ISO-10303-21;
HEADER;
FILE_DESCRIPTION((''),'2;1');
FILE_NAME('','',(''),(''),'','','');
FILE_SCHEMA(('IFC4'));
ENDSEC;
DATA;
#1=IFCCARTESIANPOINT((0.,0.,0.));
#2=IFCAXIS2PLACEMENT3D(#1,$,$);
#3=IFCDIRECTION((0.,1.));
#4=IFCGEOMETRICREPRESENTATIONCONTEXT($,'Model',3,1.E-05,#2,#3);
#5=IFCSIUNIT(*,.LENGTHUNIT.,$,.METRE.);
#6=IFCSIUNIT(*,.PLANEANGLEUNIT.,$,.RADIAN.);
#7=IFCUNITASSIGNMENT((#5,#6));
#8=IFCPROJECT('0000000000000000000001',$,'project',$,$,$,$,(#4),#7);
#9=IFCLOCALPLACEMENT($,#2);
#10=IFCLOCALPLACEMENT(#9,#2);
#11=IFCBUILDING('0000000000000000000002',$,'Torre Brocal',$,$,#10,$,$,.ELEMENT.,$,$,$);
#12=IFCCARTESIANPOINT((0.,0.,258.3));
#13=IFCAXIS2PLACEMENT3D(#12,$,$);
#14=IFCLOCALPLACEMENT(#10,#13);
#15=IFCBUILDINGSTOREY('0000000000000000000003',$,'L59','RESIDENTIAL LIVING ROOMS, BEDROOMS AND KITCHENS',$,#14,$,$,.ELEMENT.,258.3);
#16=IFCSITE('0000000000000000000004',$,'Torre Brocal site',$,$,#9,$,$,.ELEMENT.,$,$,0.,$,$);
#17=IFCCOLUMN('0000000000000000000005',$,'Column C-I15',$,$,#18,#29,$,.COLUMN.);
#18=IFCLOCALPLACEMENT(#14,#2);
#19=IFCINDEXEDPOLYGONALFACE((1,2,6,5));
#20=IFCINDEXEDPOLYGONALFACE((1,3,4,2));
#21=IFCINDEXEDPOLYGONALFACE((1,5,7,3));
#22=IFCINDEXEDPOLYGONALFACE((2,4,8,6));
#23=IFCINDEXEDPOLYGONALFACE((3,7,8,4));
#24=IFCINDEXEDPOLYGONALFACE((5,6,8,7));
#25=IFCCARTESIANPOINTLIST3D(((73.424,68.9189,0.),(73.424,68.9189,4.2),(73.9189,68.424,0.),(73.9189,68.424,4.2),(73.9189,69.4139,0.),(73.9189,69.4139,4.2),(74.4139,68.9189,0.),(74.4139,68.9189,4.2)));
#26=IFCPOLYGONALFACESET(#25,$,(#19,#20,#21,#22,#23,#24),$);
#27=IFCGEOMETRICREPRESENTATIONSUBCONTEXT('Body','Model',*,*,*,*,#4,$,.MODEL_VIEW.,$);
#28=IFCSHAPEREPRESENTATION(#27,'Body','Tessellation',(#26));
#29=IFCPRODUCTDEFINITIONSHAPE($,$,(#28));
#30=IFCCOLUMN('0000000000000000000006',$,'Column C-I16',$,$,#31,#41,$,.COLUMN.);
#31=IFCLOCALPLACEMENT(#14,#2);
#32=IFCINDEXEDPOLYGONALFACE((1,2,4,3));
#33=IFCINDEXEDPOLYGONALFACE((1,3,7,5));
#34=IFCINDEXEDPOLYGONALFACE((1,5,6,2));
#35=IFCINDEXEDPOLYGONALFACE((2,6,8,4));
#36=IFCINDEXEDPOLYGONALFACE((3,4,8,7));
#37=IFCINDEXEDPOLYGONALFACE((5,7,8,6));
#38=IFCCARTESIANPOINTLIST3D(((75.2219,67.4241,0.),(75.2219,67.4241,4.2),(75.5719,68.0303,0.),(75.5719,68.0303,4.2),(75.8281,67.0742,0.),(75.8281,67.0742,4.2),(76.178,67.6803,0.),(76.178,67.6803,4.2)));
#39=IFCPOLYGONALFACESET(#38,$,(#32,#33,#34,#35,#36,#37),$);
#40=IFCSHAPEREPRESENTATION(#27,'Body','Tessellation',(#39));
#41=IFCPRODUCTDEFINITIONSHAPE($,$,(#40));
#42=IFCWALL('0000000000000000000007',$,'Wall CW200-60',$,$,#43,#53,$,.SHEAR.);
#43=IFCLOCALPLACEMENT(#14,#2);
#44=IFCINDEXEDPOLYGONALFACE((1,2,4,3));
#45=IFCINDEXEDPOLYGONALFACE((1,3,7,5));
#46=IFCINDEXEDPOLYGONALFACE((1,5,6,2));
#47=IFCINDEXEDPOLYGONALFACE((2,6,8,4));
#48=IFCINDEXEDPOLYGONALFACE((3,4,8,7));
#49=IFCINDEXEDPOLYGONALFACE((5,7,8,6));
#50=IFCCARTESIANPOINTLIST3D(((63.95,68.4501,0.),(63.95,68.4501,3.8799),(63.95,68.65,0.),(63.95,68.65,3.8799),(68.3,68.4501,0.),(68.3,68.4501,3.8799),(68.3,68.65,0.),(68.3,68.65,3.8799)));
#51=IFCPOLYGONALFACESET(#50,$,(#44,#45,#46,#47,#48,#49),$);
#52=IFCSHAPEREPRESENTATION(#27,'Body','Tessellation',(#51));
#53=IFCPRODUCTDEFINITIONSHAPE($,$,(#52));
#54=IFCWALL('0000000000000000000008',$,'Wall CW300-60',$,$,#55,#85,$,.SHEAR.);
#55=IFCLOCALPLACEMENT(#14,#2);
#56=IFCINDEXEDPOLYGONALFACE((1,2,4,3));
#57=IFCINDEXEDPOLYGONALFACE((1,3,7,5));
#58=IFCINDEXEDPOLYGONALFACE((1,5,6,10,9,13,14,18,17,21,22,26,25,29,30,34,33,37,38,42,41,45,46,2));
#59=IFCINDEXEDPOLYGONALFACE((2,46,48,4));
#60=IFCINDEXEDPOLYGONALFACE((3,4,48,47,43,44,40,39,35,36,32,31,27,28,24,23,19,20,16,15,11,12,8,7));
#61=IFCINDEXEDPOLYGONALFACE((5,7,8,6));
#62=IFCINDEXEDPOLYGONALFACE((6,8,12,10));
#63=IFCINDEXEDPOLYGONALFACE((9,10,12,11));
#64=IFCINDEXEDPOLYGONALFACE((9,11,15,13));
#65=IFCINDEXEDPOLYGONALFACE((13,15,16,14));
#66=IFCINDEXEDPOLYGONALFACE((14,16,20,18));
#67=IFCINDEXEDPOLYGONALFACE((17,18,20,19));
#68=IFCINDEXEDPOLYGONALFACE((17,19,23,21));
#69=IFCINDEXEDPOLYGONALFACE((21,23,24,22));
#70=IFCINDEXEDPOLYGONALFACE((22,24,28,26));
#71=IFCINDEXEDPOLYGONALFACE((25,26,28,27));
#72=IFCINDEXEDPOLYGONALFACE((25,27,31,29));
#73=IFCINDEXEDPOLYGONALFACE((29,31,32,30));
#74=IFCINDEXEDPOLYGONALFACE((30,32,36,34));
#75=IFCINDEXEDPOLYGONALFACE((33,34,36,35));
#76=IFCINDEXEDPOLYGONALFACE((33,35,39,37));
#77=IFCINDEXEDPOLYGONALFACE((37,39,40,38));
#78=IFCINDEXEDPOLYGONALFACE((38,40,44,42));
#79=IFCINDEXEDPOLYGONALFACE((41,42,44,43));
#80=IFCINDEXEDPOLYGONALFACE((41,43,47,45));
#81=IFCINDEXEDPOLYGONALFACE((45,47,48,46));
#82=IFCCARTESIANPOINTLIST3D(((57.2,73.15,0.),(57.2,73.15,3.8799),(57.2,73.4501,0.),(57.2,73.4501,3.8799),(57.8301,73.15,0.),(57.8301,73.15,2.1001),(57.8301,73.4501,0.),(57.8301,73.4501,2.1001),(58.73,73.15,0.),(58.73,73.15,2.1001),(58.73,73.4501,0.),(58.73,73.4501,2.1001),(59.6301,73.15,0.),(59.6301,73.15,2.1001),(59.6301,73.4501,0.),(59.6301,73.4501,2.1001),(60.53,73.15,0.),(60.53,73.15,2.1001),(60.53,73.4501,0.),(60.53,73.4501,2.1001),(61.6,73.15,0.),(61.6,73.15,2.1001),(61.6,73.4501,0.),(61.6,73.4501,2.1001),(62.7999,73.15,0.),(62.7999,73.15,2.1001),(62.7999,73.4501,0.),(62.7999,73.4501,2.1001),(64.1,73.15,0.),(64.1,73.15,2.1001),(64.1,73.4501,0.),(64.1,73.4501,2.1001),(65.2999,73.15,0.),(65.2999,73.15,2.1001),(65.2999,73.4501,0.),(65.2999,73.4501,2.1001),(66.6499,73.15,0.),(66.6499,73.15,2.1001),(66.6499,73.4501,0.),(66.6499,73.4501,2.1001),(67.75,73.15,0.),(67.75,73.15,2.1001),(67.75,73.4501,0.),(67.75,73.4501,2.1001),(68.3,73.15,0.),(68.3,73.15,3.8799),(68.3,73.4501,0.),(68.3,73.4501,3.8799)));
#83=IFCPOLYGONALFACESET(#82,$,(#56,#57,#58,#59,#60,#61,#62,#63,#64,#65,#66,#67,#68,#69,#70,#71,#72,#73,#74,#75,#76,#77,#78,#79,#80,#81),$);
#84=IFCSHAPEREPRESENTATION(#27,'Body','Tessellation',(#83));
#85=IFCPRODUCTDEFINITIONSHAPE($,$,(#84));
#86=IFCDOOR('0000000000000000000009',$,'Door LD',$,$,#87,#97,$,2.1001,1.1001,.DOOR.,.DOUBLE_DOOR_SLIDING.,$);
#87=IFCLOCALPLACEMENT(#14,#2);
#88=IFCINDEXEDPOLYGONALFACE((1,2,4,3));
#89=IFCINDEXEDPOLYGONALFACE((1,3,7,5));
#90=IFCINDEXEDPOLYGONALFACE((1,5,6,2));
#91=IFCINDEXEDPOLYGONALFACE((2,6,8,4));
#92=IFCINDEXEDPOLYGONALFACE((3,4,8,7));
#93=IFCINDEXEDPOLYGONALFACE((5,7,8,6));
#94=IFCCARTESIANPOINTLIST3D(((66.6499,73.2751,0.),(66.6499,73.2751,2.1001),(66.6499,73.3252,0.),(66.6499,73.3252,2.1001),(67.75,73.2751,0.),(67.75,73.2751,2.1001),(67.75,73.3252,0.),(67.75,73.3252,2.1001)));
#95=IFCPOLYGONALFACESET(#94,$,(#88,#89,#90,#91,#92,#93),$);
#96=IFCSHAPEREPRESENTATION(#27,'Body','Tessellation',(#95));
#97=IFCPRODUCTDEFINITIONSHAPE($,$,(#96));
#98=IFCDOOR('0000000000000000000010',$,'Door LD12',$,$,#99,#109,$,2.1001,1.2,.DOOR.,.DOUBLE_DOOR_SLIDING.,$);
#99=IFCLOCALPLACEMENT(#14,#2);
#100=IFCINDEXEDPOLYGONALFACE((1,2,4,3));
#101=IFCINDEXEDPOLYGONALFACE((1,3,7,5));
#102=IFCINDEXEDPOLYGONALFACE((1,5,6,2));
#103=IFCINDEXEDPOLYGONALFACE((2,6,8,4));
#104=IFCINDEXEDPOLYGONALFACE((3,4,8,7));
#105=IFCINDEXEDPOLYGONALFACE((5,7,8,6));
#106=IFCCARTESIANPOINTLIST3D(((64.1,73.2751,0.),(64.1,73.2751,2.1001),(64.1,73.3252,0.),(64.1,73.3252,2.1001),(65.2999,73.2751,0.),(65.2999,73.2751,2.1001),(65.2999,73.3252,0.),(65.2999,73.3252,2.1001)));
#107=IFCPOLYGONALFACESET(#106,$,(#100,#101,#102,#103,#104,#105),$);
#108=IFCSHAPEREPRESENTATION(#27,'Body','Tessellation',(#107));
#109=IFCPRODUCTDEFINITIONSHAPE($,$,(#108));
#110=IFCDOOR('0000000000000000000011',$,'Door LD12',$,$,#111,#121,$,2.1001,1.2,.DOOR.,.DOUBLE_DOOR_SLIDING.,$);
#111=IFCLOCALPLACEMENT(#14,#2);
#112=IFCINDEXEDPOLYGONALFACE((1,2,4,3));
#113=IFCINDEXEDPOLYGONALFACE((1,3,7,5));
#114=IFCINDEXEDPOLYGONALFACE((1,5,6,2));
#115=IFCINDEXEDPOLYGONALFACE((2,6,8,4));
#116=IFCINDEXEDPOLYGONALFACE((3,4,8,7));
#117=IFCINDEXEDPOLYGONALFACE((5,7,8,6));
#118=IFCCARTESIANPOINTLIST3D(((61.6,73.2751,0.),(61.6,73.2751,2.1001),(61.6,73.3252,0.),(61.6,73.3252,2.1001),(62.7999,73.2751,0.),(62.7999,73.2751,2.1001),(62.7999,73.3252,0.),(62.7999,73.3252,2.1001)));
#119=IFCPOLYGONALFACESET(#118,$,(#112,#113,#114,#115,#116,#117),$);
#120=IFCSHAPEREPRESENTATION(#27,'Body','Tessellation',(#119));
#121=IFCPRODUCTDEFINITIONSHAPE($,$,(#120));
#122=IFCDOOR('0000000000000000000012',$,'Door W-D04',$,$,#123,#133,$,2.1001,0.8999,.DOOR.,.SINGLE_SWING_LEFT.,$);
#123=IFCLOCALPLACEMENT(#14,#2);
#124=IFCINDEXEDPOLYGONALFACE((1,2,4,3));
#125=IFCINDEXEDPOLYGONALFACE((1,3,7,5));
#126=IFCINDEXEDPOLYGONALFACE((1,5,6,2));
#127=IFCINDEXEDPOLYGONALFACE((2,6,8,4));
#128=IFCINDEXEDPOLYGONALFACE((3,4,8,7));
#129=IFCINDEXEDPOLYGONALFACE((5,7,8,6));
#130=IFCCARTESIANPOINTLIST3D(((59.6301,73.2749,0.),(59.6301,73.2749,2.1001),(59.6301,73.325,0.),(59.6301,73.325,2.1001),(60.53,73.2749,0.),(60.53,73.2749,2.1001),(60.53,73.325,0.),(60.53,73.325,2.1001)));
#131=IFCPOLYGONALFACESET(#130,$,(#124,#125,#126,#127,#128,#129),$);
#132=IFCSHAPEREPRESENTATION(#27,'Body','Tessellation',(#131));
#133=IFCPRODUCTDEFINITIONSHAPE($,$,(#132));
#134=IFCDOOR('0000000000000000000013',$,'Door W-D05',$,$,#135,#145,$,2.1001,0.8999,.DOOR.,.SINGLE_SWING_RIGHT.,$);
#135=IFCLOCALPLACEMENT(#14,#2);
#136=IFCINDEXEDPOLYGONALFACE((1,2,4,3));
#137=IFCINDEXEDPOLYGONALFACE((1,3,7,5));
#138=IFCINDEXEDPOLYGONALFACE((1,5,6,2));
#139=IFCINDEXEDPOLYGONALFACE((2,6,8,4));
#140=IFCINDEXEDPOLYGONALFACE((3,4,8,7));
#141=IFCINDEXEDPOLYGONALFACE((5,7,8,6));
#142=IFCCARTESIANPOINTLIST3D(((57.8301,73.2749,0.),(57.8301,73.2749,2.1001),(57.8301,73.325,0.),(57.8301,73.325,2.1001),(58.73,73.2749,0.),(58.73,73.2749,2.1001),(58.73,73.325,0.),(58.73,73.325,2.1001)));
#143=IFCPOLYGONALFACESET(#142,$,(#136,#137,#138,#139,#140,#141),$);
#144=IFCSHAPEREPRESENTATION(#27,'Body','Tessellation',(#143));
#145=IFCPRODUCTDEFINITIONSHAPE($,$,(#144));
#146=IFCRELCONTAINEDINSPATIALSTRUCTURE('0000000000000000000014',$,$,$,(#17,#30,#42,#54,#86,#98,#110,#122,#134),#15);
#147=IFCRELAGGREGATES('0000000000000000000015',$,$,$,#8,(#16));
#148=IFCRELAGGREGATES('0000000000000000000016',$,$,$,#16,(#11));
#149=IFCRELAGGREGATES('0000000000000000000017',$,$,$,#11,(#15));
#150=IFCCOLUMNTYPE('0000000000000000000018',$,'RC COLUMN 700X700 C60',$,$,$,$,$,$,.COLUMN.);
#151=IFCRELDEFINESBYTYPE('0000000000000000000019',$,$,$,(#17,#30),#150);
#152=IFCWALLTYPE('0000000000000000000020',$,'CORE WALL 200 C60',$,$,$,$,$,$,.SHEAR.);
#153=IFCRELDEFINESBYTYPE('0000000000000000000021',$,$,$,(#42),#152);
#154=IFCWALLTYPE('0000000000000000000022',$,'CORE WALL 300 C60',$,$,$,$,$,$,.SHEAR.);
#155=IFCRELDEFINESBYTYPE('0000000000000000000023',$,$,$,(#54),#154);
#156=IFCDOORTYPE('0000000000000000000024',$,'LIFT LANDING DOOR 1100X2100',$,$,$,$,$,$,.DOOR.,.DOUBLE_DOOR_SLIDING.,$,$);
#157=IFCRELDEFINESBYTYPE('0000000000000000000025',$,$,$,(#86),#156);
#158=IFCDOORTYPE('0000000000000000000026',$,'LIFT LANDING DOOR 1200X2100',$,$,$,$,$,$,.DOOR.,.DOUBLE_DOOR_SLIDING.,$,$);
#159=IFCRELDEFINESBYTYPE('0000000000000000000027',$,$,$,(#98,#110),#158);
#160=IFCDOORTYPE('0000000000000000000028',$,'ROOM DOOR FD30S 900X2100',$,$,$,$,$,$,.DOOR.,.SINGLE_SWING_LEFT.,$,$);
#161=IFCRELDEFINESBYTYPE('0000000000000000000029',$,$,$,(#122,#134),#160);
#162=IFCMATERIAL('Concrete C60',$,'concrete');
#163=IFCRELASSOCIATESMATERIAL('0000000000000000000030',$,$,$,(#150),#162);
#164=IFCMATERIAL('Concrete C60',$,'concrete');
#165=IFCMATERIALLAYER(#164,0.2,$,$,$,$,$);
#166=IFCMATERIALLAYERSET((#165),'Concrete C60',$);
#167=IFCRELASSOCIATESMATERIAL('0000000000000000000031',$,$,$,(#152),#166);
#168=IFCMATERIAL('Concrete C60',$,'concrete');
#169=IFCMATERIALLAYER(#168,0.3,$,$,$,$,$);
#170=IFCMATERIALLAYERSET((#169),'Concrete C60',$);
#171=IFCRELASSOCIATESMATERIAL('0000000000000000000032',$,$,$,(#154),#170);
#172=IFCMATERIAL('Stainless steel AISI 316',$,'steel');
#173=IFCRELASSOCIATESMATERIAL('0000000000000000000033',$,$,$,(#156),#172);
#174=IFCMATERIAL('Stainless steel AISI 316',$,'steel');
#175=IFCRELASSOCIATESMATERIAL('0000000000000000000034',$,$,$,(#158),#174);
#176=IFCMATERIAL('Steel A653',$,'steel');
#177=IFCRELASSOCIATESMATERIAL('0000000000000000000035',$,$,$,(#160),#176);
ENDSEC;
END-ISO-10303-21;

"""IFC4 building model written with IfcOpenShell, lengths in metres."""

from ifc_helpers import new_model, si_unit, direction, frame, frame_2d, origin, origin_2d, place, context, subcontext, project, spatial, rectangle, extrude, material, layer, layer_set, material_profile, profile_set, type_object, element, fill, save


model = new_model("IFC4")

# Units and contexts
model_context = context("Model", 3, precision=1e-05, world=origin(), true_north=direction((0.0, 1.0)))
body_context = subcontext(model_context, "Body", "Model", "MODEL_VIEW")
ifc_project = project(units=[si_unit("LENGTHUNIT", "METRE"), si_unit("PLANEANGLEUNIT", "RADIAN")], contexts=[model_context])

# Site, building, storey
site_placement = place(None, origin())
site = spatial("IfcSite", under=ifc_project, at=site_placement, Name="Torre Brocal site", CompositionType="ELEMENT", RefElevation=0.0)
building_placement = place(site_placement, origin())
building = spatial("IfcBuilding", under=site, at=building_placement, Name="Torre Brocal", CompositionType="ELEMENT")
storey_placement = place(building_placement, frame((0.0, 0.0, 258.3)))
storey = spatial("IfcBuildingStorey", under=building, at=storey_placement, Name="L59", Description="RESIDENTIAL LIVING ROOMS, BEDROOMS AND KITCHENS", CompositionType="ELEMENT", Elevation=258.3)

# Columns
ifc_material_1 = material(Name="Concrete C60", Category="concrete")
ifc_material_profile = material_profile(ifc_material_1, rectangle(XDim=0.7, YDim=0.7, at=origin_2d()), Name="RC 700X700")
ifc_profile_set = profile_set([ifc_material_profile], Name="Concrete C60")
column_type = type_object("IfcColumnType", Name="RC COLUMN 700X700 C60", PredefinedType="COLUMN", material=ifc_profile_set)
for number, where, z_axis, x_axis, name in (
    (1, (73.9189, 68.9189, 0.0), (0.0, 0.0, 1.0), (-0.707107, -0.707107, 0.0), "Column C-I15"),
    (2, (75.7, 67.5522, 0.0), (0.0, 0.0, 1.0), (-0.5, -0.866025, 0.0), "Column C-I16"),
):
    element("IfcColumn", number, at=place(storey_placement, frame(where, z_axis=z_axis, x_axis=x_axis)), inside=storey, type_object=column_type, Name=name, PredefinedType="COLUMN", context=body_context, shape_type="SweptSolid", body=[
        extrude(rectangle(XDim=0.7, YDim=0.7, at=origin_2d()), origin(), (0.0, 0.0, 1.0), 4.2),
    ])

# Wall
ifc_material_2 = material(Name="Concrete C60", Category="concrete")
ifc_layer_1 = layer(ifc_material_2, 0.2)
ifc_layer_set_1 = layer_set([ifc_layer_1], Name="Concrete C60")
wall_type_1 = type_object("IfcWallType", Name="CORE WALL 200 C60", PredefinedType="SHEAR", material=ifc_layer_set_1)
wall_1_placement = place(storey_placement, frame((68.3, 68.55, 0.0), z_axis=(0.0, 0.0, 1.0), x_axis=(-1.0, 0.0, 0.0)))
element("IfcWall", 3, at=wall_1_placement, inside=storey, type_object=wall_type_1, Name="Wall CW200-60", PredefinedType="SHEAR", context=body_context, shape_type="SweptSolid", body=[
    extrude(rectangle(XDim=4.3501, YDim=0.2, at=frame_2d((2.175, 0.0))), origin(), (0.0, 0.0, 1.0), 3.8799),
])

# Wall, openings, doors
ifc_material_3 = material(Name="Concrete C60", Category="concrete")
ifc_layer_2 = layer(ifc_material_3, 0.3)
ifc_layer_set_2 = layer_set([ifc_layer_2], Name="Concrete C60")
wall_type_2 = type_object("IfcWallType", Name="CORE WALL 300 C60", PredefinedType="SHEAR", material=ifc_layer_set_2)
wall_2_placement = place(storey_placement, frame((68.3, 73.3, 0.0), z_axis=(0.0, 0.0, 1.0), x_axis=(-1.0, 0.0, 0.0)))
wall_2 = element("IfcWall", 4, at=wall_2_placement, inside=storey, type_object=wall_type_2, Name="Wall CW300-60", PredefinedType="SHEAR", context=body_context, shape_type="SweptSolid", body=[
    extrude(rectangle(XDim=11.1001, YDim=0.3, at=frame_2d((5.55, 0.0))), origin(), (0.0, 0.0, 1.0), 3.8799),
])
opening_1_placement = place(wall_2_placement, frame((0.55, 0.0, 0.0)))
opening_1 = element("IfcOpeningElement", 5, at=opening_1_placement, cuts=wall_2, PredefinedType="OPENING", context=body_context, shape_type="SweptSolid", body=[
    extrude(rectangle(XDim=1.1001, YDim=2.1001, at=frame_2d((0.55, 1.05))), frame((0.0, 0.1599, 0.0), z_axis=(0.0, -1.0, 0.0), x_axis=(1.0, 0.0, 0.0)), (0.0, 0.0, 1.0), 0.3201),
])
opening_2_placement = place(wall_2_placement, frame((3.0, 0.0, 0.0)))
opening_2 = element("IfcOpeningElement", 6, at=opening_2_placement, cuts=wall_2, PredefinedType="OPENING", context=body_context, shape_type="SweptSolid", body=[
    extrude(rectangle(XDim=1.2, YDim=2.1001, at=frame_2d((0.6001, 1.05))), frame((0.0, 0.1599, 0.0), z_axis=(0.0, -1.0, 0.0), x_axis=(1.0, 0.0, 0.0)), (0.0, 0.0, 1.0), 0.3201),
])
opening_3_placement = place(wall_2_placement, frame((5.5, 0.0, 0.0)))
opening_3 = element("IfcOpeningElement", 7, at=opening_3_placement, cuts=wall_2, PredefinedType="OPENING", context=body_context, shape_type="SweptSolid", body=[
    extrude(rectangle(XDim=1.2, YDim=2.1001, at=frame_2d((0.6001, 1.05))), frame((0.0, 0.1599, 0.0), z_axis=(0.0, -1.0, 0.0), x_axis=(1.0, 0.0, 0.0)), (0.0, 0.0, 1.0), 0.3201),
])
opening_4_placement = place(wall_2_placement, frame((7.77, 0.0, 0.0)))
opening_4 = element("IfcOpeningElement", 8, at=opening_4_placement, cuts=wall_2, PredefinedType="OPENING", context=body_context, shape_type="SweptSolid", body=[
    extrude(rectangle(XDim=0.8999, YDim=2.1001, at=frame_2d((0.45, 1.05))), frame((0.0, 0.1599, 0.0), z_axis=(0.0, -1.0, 0.0), x_axis=(1.0, 0.0, 0.0)), (0.0, 0.0, 1.0), 0.3201),
])
opening_5_placement = place(wall_2_placement, frame((9.5701, 0.0, 0.0)))
opening_5 = element("IfcOpeningElement", 9, at=opening_5_placement, cuts=wall_2, PredefinedType="OPENING", context=body_context, shape_type="SweptSolid", body=[
    extrude(rectangle(XDim=0.8999, YDim=2.1001, at=frame_2d((0.45, 1.05))), frame((0.0, 0.1599, 0.0), z_axis=(0.0, -1.0, 0.0), x_axis=(1.0, 0.0, 0.0)), (0.0, 0.0, 1.0), 0.3201),
])
ifc_material_4 = material(Name="Stainless steel AISI 316", Category="steel")
door_type_1 = type_object("IfcDoorType", Name="LIFT LANDING DOOR 1100X2100", OperationType="DOUBLE_DOOR_SLIDING", PredefinedType="DOOR", material=ifc_material_4)
door_1_placement = place(opening_1_placement, origin())
door_1 = element("IfcDoor", 10, at=door_1_placement, inside=storey, type_object=door_type_1, Name="Door LD", OperationType="DOUBLE_DOOR_SLIDING", OverallHeight=2.1001, OverallWidth=1.1001, PredefinedType="DOOR", context=body_context, shape_type="SweptSolid", body=[
    extrude(rectangle(XDim=1.1001, YDim=2.1001, at=frame_2d((0.55, 1.05))), frame((0.0, 0.0249, 0.0), z_axis=(0.0, -1.0, 0.0), x_axis=(1.0, 0.0, 0.0)), (0.0, 0.0, 1.0), 0.05),
])
fill(opening_1, door_1)
ifc_material_5 = material(Name="Stainless steel AISI 316", Category="steel")
door_type_2 = type_object("IfcDoorType", Name="LIFT LANDING DOOR 1200X2100", OperationType="DOUBLE_DOOR_SLIDING", PredefinedType="DOOR", material=ifc_material_5)
door_2_placement = place(opening_2_placement, origin())
door_2 = element("IfcDoor", 11, at=door_2_placement, inside=storey, type_object=door_type_2, Name="Door LD12", OperationType="DOUBLE_DOOR_SLIDING", OverallHeight=2.1001, OverallWidth=1.2, PredefinedType="DOOR", context=body_context, shape_type="SweptSolid", body=[
    extrude(rectangle(XDim=1.2, YDim=2.1001, at=frame_2d((0.6001, 1.05))), frame((0.0, 0.0249, 0.0), z_axis=(0.0, -1.0, 0.0), x_axis=(1.0, 0.0, 0.0)), (0.0, 0.0, 1.0), 0.05),
])
fill(opening_2, door_2)
door_3_placement = place(opening_3_placement, origin())
door_3 = element("IfcDoor", 12, at=door_3_placement, inside=storey, type_object=door_type_2, Name="Door LD12", OperationType="DOUBLE_DOOR_SLIDING", OverallHeight=2.1001, OverallWidth=1.2, PredefinedType="DOOR", context=body_context, shape_type="SweptSolid", body=[
    extrude(rectangle(XDim=1.2, YDim=2.1001, at=frame_2d((0.6001, 1.05))), frame((0.0, 0.0249, 0.0), z_axis=(0.0, -1.0, 0.0), x_axis=(1.0, 0.0, 0.0)), (0.0, 0.0, 1.0), 0.05),
])
fill(opening_3, door_3)
ifc_material_6 = material(Name="Steel A653", Category="steel")
door_type_3 = type_object("IfcDoorType", Name="ROOM DOOR FD30S 900X2100", OperationType="SINGLE_SWING_LEFT", PredefinedType="DOOR", material=ifc_material_6)
door_4_placement = place(opening_4_placement, frame((0.8999, 0.0, 0.0), z_axis=(0.0, 0.0, 1.0), x_axis=(-1.0, 0.0, 0.0)))
door_4 = element("IfcDoor", 13, at=door_4_placement, inside=storey, type_object=door_type_3, Name="Door W-D04", OperationType="SINGLE_SWING_LEFT", OverallHeight=2.1001, OverallWidth=0.8999, PredefinedType="DOOR", context=body_context, shape_type="SweptSolid", body=[
    extrude(rectangle(XDim=0.8999, YDim=2.1001, at=frame_2d((0.45, 1.05))), frame((0.0, 0.0249, 0.0), z_axis=(0.0, -1.0, 0.0), x_axis=(1.0, 0.0, 0.0)), (0.0, 0.0, 1.0), 0.05),
])
fill(opening_4, door_4)
door_5_placement = place(opening_5_placement, frame((0.8999, 0.0, 0.0), z_axis=(0.0, 0.0, 1.0), x_axis=(-1.0, 0.0, 0.0)))
door_5 = element("IfcDoor", 14, at=door_5_placement, inside=storey, type_object=door_type_3, Name="Door W-D05", OperationType="SINGLE_SWING_RIGHT", OverallHeight=2.1001, OverallWidth=0.8999, PredefinedType="DOOR", context=body_context, shape_type="SweptSolid", body=[
    extrude(rectangle(XDim=0.8999, YDim=2.1001, at=frame_2d((0.45, 1.05))), frame((0.0, 0.0249, 0.0), z_axis=(0.0, -1.0, 0.0), x_axis=(1.0, 0.0, 0.0)), (0.0, 0.0, 1.0), 0.05),
])
fill(opening_5, door_5)

save(model, "model.ifc")
